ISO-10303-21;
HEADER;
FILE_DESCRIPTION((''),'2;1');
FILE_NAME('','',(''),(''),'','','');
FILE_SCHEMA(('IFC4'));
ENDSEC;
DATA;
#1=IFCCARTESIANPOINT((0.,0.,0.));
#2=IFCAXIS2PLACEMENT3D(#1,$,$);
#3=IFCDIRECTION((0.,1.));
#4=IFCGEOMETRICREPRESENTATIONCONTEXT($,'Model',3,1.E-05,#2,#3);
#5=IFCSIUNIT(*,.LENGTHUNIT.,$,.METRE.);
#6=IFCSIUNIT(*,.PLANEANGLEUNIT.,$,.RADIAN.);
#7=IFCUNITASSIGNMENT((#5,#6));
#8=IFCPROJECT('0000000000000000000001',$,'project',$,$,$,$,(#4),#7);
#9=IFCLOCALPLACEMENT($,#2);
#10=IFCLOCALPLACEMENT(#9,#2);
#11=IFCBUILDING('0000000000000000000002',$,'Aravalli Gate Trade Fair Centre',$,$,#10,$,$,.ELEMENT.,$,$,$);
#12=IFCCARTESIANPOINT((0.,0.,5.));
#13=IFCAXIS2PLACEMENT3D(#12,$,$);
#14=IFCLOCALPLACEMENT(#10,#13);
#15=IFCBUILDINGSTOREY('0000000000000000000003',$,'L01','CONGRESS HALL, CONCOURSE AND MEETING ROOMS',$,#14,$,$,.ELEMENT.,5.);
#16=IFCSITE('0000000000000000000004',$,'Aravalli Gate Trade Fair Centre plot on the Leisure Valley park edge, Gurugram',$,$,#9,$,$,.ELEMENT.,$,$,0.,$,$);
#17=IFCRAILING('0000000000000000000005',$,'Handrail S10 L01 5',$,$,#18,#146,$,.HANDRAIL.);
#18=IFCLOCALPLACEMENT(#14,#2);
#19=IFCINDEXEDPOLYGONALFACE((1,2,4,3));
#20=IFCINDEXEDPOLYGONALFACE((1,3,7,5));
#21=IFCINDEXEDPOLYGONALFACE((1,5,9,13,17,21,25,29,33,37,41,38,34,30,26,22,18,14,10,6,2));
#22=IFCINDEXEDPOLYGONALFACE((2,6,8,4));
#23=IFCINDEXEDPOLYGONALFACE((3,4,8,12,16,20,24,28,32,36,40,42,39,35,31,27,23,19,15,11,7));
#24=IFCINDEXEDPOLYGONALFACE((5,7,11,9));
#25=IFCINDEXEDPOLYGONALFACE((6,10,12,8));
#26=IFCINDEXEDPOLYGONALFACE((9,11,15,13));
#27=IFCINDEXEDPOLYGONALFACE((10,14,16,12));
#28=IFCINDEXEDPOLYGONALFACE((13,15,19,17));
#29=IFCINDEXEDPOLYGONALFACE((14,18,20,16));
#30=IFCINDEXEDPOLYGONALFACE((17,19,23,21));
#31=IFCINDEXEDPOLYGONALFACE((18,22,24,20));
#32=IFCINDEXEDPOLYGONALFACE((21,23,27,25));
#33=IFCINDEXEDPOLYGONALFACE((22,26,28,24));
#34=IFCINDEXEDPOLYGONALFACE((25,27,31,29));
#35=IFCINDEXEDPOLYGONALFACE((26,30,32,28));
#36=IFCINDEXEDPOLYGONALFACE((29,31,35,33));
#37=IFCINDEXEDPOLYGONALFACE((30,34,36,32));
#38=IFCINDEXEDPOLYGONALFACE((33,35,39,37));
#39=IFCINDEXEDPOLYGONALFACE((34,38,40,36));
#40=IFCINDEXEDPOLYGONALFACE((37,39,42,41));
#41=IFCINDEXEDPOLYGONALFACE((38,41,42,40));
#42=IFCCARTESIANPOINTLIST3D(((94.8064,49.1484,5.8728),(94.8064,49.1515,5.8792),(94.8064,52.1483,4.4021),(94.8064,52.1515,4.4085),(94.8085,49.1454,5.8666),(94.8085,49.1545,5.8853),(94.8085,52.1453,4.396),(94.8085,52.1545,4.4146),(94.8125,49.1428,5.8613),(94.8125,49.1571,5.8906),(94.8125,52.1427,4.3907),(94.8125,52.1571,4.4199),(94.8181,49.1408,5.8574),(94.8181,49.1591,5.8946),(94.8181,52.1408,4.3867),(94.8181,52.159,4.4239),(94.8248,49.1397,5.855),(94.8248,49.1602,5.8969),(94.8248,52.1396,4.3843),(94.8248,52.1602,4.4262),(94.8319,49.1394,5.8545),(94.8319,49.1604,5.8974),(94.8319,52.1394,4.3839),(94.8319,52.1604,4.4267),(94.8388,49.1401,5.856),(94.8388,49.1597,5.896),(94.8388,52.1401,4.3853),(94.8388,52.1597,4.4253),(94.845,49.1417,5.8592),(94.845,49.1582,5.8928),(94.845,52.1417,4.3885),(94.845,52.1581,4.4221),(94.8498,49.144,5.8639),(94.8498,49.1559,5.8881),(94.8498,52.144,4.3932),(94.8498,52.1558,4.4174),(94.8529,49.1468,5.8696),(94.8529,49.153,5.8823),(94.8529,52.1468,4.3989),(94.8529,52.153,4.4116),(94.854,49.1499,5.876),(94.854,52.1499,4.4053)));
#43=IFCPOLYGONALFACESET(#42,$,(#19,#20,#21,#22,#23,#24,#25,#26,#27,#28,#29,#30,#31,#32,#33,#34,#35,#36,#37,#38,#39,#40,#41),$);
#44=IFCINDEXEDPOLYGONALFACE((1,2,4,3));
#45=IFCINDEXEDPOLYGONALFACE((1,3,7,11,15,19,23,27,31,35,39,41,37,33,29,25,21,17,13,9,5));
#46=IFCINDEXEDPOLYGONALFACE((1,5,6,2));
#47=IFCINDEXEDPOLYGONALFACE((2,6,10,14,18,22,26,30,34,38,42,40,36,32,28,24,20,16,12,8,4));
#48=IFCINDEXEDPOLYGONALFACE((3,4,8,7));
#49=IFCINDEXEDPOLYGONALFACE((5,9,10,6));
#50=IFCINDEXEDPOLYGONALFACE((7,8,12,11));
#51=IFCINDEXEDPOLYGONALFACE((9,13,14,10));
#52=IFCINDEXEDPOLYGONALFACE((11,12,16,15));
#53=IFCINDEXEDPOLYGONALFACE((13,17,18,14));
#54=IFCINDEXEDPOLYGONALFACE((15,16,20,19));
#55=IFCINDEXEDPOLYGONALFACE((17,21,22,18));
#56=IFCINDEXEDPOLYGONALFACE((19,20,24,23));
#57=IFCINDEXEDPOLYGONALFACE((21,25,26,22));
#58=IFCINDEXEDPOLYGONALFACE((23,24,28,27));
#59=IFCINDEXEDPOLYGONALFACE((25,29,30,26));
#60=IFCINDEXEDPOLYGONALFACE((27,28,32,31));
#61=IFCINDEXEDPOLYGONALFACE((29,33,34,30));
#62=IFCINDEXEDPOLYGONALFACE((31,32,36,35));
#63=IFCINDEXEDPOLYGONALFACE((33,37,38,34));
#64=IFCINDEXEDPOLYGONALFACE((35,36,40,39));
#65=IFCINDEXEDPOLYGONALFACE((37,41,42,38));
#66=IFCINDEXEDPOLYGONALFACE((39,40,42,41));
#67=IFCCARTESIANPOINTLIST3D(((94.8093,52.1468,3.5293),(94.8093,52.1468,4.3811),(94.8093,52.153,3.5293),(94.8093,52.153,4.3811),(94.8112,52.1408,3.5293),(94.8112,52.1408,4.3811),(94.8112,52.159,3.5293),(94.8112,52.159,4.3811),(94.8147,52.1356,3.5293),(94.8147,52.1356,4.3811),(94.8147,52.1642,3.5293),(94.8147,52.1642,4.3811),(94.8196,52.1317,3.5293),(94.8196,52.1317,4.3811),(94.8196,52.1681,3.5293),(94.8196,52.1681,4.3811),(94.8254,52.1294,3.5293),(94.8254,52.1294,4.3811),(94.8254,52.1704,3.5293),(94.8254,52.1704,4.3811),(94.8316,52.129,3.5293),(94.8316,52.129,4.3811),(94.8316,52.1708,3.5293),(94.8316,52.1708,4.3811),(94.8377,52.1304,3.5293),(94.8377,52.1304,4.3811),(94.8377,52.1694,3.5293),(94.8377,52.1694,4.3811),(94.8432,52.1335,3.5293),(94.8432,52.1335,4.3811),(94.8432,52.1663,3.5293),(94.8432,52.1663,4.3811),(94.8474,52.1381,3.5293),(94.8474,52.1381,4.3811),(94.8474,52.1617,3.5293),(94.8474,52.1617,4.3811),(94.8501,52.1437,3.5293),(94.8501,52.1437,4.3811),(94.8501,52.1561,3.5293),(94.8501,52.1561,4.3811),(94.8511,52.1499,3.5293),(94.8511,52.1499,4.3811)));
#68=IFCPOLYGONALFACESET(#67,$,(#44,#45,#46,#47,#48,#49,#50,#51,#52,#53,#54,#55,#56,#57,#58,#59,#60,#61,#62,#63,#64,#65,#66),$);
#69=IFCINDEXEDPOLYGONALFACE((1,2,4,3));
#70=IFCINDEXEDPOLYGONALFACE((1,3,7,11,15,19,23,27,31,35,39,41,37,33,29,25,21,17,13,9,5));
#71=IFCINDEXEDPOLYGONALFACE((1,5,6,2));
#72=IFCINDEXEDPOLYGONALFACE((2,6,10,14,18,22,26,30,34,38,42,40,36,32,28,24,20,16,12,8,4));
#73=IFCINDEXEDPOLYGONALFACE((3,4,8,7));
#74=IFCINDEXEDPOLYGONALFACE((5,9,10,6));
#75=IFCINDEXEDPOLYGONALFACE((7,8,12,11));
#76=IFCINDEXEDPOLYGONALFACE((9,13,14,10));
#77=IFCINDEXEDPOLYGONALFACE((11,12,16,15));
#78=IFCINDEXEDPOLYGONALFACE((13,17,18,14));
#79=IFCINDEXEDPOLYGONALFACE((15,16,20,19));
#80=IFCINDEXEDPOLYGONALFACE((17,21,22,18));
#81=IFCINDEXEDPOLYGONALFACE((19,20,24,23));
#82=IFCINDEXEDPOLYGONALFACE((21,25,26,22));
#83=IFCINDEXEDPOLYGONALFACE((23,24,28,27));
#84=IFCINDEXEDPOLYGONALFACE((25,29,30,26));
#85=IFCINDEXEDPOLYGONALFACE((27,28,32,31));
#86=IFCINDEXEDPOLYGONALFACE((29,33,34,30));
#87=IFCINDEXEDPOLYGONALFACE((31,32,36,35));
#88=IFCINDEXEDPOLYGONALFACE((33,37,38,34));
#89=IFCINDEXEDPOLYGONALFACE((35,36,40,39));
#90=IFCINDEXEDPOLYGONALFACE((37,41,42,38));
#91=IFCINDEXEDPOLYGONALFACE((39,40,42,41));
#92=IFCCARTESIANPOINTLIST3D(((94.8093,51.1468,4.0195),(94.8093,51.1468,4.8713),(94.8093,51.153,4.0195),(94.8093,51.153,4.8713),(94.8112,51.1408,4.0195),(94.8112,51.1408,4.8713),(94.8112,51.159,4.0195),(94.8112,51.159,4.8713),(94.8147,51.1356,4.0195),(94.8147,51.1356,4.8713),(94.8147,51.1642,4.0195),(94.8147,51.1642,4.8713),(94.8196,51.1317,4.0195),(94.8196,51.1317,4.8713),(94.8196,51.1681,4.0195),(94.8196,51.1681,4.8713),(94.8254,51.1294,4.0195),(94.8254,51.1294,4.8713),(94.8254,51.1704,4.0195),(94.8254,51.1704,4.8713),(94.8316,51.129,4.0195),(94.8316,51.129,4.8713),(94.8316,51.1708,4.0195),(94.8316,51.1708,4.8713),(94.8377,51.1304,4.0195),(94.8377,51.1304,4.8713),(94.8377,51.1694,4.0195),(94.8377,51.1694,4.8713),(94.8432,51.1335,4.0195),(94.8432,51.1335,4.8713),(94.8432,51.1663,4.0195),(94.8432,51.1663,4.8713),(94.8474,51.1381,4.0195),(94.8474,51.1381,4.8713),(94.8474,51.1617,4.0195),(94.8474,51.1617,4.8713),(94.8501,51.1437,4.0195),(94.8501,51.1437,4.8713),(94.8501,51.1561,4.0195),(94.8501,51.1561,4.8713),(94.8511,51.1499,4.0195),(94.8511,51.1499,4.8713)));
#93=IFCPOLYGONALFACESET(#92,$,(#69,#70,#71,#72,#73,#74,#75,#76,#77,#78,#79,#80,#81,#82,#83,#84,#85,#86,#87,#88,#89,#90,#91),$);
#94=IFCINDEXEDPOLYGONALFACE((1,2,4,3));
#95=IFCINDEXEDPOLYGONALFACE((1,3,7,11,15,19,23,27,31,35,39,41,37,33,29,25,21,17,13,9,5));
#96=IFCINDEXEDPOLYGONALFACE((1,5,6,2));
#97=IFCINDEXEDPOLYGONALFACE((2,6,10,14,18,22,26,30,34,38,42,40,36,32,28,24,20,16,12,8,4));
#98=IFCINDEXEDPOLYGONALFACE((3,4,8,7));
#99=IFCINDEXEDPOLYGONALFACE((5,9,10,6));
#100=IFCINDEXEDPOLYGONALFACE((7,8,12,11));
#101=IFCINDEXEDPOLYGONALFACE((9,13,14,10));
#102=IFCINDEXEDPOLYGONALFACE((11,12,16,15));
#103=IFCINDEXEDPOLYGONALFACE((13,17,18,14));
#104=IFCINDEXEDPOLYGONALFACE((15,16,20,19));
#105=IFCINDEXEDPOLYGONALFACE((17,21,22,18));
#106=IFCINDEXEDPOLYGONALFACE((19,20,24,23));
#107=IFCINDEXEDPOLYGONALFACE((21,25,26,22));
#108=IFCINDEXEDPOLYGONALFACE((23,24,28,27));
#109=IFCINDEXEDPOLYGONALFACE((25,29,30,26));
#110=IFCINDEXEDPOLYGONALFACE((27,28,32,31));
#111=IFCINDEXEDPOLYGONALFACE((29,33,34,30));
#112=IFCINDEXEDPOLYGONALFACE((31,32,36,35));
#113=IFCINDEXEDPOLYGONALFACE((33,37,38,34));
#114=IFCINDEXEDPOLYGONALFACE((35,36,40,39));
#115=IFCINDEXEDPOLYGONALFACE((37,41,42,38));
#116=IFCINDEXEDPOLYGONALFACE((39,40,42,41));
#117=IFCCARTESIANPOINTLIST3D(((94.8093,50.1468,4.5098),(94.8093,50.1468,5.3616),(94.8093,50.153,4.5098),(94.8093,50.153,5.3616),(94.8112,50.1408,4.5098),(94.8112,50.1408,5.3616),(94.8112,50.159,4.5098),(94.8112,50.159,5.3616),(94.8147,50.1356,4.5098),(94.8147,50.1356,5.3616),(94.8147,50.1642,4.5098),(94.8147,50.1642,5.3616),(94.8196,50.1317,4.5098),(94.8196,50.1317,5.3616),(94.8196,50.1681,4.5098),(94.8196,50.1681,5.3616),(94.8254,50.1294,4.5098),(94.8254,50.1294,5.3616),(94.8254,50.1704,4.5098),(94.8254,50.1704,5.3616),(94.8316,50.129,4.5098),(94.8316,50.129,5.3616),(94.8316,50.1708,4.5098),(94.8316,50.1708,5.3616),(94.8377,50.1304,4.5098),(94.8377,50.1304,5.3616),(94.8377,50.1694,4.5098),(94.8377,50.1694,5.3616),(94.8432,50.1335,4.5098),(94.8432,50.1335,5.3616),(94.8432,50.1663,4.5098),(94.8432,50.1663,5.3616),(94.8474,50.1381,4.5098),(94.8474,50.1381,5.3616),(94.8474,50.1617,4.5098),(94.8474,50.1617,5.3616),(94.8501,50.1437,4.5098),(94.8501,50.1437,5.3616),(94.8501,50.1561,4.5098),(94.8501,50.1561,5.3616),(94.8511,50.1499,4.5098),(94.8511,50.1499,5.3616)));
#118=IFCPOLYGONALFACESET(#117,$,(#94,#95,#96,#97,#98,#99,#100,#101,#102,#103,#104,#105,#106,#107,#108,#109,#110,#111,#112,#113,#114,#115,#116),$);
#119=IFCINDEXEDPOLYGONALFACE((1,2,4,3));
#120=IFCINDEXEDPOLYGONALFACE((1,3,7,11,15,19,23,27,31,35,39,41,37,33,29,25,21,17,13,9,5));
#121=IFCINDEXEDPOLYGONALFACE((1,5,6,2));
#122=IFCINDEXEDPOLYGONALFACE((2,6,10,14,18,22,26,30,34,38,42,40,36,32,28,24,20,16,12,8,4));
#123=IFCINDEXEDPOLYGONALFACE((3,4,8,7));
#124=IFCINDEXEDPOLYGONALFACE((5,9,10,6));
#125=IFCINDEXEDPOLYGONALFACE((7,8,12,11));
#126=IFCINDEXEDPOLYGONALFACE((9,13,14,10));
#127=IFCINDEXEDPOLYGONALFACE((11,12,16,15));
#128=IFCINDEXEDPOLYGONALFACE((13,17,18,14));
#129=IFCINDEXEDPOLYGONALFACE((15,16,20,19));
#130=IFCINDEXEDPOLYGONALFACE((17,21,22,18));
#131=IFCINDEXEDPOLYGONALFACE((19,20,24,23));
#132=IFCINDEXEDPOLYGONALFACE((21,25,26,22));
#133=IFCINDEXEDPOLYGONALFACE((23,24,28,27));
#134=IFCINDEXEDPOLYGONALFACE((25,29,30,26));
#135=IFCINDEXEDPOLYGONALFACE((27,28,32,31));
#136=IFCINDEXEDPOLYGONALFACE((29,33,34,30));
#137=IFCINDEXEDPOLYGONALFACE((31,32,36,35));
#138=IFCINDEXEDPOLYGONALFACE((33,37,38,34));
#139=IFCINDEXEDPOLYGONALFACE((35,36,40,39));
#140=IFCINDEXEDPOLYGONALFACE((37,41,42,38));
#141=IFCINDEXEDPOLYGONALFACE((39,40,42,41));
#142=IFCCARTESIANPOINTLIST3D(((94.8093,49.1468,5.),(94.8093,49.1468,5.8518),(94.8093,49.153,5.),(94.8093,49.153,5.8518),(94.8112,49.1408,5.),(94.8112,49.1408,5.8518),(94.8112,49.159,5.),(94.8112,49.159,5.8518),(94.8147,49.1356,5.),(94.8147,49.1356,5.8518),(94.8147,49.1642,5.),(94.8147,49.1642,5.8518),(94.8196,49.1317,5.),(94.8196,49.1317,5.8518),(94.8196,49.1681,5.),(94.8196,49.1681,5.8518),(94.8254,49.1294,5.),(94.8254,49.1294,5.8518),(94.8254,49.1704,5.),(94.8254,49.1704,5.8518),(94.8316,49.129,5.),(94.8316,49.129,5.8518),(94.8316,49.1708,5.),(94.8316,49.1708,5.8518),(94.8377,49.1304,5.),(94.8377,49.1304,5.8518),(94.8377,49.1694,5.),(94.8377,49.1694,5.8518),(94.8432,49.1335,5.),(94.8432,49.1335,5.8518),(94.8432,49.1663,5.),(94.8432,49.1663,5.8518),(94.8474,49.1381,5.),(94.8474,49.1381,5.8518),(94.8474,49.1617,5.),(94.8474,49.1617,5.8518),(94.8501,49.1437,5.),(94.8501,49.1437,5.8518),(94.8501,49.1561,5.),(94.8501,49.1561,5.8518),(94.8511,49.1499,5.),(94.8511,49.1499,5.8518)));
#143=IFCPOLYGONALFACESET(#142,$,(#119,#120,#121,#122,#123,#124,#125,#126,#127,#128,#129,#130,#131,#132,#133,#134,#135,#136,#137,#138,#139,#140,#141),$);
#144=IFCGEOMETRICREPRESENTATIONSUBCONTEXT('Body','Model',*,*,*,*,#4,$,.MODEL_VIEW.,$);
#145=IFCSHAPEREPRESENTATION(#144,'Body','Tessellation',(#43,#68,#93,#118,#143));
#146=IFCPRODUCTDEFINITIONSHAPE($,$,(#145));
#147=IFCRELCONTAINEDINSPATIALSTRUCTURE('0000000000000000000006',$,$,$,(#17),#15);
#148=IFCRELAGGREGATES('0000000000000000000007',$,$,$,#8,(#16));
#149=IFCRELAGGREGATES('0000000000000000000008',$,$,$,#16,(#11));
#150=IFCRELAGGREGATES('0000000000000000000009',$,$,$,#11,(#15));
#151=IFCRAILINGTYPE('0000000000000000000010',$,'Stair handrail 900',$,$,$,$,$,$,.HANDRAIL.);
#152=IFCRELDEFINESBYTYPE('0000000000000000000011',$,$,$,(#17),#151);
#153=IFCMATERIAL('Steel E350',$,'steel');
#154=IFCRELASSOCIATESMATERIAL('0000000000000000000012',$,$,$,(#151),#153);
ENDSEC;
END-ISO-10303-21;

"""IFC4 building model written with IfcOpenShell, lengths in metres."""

from ifc_helpers import new_model, si_unit, direction, frame, origin, origin_2d, place, context, subcontext, project, spatial, circle, extrude, material, type_object, element, save


model = new_model("IFC4")

# Units and contexts
model_context = context("Model", 3, precision=1e-05, world=origin(), true_north=direction((0.0, 1.0)))
body_context = subcontext(model_context, "Body", "Model", "MODEL_VIEW")
ifc_project = project(units=[si_unit("LENGTHUNIT", "METRE"), si_unit("PLANEANGLEUNIT", "RADIAN")], contexts=[model_context])

# Site, building, storey
site_placement = place(None, origin())
site = spatial("IfcSite", under=ifc_project, at=site_placement, Name="Aravalli Gate Trade Fair Centre plot on the Leisure Valley park edge, Gurugram", CompositionType="ELEMENT", RefElevation=0.0)
building_placement = place(site_placement, origin())
building = spatial("IfcBuilding", under=site, at=building_placement, Name="Aravalli Gate Trade Fair Centre", CompositionType="ELEMENT")
storey_placement = place(building_placement, frame((0.0, 0.0, 5.0)))
storey = spatial("IfcBuildingStorey", under=building, at=storey_placement, Name="L01", Description="CONGRESS HALL, CONCOURSE AND MEETING ROOMS", CompositionType="ELEMENT", Elevation=5.0)

# Railing
ifc_material_1 = material(Name="Steel E350", Category="steel")
railing_type = type_object("IfcRailingType", Name="Stair handrail 900", PredefinedType="HANDRAIL", material=ifc_material_1)
for number, where, name in (
    (1, (94.8301, 52.1499, 3.5293), "Handrail S10 L01 5"),
):
    element("IfcRailing", number, at=place(storey_placement, frame(where)), inside=storey, type_object=railing_type, Name=name, PredefinedType="HANDRAIL", context=body_context, shape_type="SweptSolid", body=[
        extrude(circle(Radius=0.0239, at=origin_2d()), frame((0.0, 0.0, 0.876), z_axis=(0.0, -0.897907, 0.440185), x_axis=(1.0, 0.0, 0.0)), (0.0, 0.0, 1.0), 3.3411),
        extrude(circle(Radius=0.021, at=origin_2d()), origin(), (0.0, 0.0, 1.0), 0.8518),
        extrude(circle(Radius=0.021, at=origin_2d()), frame((0.0, -1.0, 0.4902)), (0.0, 0.0, 1.0), 0.8518),
        extrude(circle(Radius=0.021, at=origin_2d()), frame((0.0, -2.0, 0.9805)), (0.0, 0.0, 1.0), 0.8518),
        extrude(circle(Radius=0.021, at=origin_2d()), frame((0.0, -3.0, 1.4707)), (0.0, 0.0, 1.0), 0.8518),
    ])

save(model, "model.ifc")
